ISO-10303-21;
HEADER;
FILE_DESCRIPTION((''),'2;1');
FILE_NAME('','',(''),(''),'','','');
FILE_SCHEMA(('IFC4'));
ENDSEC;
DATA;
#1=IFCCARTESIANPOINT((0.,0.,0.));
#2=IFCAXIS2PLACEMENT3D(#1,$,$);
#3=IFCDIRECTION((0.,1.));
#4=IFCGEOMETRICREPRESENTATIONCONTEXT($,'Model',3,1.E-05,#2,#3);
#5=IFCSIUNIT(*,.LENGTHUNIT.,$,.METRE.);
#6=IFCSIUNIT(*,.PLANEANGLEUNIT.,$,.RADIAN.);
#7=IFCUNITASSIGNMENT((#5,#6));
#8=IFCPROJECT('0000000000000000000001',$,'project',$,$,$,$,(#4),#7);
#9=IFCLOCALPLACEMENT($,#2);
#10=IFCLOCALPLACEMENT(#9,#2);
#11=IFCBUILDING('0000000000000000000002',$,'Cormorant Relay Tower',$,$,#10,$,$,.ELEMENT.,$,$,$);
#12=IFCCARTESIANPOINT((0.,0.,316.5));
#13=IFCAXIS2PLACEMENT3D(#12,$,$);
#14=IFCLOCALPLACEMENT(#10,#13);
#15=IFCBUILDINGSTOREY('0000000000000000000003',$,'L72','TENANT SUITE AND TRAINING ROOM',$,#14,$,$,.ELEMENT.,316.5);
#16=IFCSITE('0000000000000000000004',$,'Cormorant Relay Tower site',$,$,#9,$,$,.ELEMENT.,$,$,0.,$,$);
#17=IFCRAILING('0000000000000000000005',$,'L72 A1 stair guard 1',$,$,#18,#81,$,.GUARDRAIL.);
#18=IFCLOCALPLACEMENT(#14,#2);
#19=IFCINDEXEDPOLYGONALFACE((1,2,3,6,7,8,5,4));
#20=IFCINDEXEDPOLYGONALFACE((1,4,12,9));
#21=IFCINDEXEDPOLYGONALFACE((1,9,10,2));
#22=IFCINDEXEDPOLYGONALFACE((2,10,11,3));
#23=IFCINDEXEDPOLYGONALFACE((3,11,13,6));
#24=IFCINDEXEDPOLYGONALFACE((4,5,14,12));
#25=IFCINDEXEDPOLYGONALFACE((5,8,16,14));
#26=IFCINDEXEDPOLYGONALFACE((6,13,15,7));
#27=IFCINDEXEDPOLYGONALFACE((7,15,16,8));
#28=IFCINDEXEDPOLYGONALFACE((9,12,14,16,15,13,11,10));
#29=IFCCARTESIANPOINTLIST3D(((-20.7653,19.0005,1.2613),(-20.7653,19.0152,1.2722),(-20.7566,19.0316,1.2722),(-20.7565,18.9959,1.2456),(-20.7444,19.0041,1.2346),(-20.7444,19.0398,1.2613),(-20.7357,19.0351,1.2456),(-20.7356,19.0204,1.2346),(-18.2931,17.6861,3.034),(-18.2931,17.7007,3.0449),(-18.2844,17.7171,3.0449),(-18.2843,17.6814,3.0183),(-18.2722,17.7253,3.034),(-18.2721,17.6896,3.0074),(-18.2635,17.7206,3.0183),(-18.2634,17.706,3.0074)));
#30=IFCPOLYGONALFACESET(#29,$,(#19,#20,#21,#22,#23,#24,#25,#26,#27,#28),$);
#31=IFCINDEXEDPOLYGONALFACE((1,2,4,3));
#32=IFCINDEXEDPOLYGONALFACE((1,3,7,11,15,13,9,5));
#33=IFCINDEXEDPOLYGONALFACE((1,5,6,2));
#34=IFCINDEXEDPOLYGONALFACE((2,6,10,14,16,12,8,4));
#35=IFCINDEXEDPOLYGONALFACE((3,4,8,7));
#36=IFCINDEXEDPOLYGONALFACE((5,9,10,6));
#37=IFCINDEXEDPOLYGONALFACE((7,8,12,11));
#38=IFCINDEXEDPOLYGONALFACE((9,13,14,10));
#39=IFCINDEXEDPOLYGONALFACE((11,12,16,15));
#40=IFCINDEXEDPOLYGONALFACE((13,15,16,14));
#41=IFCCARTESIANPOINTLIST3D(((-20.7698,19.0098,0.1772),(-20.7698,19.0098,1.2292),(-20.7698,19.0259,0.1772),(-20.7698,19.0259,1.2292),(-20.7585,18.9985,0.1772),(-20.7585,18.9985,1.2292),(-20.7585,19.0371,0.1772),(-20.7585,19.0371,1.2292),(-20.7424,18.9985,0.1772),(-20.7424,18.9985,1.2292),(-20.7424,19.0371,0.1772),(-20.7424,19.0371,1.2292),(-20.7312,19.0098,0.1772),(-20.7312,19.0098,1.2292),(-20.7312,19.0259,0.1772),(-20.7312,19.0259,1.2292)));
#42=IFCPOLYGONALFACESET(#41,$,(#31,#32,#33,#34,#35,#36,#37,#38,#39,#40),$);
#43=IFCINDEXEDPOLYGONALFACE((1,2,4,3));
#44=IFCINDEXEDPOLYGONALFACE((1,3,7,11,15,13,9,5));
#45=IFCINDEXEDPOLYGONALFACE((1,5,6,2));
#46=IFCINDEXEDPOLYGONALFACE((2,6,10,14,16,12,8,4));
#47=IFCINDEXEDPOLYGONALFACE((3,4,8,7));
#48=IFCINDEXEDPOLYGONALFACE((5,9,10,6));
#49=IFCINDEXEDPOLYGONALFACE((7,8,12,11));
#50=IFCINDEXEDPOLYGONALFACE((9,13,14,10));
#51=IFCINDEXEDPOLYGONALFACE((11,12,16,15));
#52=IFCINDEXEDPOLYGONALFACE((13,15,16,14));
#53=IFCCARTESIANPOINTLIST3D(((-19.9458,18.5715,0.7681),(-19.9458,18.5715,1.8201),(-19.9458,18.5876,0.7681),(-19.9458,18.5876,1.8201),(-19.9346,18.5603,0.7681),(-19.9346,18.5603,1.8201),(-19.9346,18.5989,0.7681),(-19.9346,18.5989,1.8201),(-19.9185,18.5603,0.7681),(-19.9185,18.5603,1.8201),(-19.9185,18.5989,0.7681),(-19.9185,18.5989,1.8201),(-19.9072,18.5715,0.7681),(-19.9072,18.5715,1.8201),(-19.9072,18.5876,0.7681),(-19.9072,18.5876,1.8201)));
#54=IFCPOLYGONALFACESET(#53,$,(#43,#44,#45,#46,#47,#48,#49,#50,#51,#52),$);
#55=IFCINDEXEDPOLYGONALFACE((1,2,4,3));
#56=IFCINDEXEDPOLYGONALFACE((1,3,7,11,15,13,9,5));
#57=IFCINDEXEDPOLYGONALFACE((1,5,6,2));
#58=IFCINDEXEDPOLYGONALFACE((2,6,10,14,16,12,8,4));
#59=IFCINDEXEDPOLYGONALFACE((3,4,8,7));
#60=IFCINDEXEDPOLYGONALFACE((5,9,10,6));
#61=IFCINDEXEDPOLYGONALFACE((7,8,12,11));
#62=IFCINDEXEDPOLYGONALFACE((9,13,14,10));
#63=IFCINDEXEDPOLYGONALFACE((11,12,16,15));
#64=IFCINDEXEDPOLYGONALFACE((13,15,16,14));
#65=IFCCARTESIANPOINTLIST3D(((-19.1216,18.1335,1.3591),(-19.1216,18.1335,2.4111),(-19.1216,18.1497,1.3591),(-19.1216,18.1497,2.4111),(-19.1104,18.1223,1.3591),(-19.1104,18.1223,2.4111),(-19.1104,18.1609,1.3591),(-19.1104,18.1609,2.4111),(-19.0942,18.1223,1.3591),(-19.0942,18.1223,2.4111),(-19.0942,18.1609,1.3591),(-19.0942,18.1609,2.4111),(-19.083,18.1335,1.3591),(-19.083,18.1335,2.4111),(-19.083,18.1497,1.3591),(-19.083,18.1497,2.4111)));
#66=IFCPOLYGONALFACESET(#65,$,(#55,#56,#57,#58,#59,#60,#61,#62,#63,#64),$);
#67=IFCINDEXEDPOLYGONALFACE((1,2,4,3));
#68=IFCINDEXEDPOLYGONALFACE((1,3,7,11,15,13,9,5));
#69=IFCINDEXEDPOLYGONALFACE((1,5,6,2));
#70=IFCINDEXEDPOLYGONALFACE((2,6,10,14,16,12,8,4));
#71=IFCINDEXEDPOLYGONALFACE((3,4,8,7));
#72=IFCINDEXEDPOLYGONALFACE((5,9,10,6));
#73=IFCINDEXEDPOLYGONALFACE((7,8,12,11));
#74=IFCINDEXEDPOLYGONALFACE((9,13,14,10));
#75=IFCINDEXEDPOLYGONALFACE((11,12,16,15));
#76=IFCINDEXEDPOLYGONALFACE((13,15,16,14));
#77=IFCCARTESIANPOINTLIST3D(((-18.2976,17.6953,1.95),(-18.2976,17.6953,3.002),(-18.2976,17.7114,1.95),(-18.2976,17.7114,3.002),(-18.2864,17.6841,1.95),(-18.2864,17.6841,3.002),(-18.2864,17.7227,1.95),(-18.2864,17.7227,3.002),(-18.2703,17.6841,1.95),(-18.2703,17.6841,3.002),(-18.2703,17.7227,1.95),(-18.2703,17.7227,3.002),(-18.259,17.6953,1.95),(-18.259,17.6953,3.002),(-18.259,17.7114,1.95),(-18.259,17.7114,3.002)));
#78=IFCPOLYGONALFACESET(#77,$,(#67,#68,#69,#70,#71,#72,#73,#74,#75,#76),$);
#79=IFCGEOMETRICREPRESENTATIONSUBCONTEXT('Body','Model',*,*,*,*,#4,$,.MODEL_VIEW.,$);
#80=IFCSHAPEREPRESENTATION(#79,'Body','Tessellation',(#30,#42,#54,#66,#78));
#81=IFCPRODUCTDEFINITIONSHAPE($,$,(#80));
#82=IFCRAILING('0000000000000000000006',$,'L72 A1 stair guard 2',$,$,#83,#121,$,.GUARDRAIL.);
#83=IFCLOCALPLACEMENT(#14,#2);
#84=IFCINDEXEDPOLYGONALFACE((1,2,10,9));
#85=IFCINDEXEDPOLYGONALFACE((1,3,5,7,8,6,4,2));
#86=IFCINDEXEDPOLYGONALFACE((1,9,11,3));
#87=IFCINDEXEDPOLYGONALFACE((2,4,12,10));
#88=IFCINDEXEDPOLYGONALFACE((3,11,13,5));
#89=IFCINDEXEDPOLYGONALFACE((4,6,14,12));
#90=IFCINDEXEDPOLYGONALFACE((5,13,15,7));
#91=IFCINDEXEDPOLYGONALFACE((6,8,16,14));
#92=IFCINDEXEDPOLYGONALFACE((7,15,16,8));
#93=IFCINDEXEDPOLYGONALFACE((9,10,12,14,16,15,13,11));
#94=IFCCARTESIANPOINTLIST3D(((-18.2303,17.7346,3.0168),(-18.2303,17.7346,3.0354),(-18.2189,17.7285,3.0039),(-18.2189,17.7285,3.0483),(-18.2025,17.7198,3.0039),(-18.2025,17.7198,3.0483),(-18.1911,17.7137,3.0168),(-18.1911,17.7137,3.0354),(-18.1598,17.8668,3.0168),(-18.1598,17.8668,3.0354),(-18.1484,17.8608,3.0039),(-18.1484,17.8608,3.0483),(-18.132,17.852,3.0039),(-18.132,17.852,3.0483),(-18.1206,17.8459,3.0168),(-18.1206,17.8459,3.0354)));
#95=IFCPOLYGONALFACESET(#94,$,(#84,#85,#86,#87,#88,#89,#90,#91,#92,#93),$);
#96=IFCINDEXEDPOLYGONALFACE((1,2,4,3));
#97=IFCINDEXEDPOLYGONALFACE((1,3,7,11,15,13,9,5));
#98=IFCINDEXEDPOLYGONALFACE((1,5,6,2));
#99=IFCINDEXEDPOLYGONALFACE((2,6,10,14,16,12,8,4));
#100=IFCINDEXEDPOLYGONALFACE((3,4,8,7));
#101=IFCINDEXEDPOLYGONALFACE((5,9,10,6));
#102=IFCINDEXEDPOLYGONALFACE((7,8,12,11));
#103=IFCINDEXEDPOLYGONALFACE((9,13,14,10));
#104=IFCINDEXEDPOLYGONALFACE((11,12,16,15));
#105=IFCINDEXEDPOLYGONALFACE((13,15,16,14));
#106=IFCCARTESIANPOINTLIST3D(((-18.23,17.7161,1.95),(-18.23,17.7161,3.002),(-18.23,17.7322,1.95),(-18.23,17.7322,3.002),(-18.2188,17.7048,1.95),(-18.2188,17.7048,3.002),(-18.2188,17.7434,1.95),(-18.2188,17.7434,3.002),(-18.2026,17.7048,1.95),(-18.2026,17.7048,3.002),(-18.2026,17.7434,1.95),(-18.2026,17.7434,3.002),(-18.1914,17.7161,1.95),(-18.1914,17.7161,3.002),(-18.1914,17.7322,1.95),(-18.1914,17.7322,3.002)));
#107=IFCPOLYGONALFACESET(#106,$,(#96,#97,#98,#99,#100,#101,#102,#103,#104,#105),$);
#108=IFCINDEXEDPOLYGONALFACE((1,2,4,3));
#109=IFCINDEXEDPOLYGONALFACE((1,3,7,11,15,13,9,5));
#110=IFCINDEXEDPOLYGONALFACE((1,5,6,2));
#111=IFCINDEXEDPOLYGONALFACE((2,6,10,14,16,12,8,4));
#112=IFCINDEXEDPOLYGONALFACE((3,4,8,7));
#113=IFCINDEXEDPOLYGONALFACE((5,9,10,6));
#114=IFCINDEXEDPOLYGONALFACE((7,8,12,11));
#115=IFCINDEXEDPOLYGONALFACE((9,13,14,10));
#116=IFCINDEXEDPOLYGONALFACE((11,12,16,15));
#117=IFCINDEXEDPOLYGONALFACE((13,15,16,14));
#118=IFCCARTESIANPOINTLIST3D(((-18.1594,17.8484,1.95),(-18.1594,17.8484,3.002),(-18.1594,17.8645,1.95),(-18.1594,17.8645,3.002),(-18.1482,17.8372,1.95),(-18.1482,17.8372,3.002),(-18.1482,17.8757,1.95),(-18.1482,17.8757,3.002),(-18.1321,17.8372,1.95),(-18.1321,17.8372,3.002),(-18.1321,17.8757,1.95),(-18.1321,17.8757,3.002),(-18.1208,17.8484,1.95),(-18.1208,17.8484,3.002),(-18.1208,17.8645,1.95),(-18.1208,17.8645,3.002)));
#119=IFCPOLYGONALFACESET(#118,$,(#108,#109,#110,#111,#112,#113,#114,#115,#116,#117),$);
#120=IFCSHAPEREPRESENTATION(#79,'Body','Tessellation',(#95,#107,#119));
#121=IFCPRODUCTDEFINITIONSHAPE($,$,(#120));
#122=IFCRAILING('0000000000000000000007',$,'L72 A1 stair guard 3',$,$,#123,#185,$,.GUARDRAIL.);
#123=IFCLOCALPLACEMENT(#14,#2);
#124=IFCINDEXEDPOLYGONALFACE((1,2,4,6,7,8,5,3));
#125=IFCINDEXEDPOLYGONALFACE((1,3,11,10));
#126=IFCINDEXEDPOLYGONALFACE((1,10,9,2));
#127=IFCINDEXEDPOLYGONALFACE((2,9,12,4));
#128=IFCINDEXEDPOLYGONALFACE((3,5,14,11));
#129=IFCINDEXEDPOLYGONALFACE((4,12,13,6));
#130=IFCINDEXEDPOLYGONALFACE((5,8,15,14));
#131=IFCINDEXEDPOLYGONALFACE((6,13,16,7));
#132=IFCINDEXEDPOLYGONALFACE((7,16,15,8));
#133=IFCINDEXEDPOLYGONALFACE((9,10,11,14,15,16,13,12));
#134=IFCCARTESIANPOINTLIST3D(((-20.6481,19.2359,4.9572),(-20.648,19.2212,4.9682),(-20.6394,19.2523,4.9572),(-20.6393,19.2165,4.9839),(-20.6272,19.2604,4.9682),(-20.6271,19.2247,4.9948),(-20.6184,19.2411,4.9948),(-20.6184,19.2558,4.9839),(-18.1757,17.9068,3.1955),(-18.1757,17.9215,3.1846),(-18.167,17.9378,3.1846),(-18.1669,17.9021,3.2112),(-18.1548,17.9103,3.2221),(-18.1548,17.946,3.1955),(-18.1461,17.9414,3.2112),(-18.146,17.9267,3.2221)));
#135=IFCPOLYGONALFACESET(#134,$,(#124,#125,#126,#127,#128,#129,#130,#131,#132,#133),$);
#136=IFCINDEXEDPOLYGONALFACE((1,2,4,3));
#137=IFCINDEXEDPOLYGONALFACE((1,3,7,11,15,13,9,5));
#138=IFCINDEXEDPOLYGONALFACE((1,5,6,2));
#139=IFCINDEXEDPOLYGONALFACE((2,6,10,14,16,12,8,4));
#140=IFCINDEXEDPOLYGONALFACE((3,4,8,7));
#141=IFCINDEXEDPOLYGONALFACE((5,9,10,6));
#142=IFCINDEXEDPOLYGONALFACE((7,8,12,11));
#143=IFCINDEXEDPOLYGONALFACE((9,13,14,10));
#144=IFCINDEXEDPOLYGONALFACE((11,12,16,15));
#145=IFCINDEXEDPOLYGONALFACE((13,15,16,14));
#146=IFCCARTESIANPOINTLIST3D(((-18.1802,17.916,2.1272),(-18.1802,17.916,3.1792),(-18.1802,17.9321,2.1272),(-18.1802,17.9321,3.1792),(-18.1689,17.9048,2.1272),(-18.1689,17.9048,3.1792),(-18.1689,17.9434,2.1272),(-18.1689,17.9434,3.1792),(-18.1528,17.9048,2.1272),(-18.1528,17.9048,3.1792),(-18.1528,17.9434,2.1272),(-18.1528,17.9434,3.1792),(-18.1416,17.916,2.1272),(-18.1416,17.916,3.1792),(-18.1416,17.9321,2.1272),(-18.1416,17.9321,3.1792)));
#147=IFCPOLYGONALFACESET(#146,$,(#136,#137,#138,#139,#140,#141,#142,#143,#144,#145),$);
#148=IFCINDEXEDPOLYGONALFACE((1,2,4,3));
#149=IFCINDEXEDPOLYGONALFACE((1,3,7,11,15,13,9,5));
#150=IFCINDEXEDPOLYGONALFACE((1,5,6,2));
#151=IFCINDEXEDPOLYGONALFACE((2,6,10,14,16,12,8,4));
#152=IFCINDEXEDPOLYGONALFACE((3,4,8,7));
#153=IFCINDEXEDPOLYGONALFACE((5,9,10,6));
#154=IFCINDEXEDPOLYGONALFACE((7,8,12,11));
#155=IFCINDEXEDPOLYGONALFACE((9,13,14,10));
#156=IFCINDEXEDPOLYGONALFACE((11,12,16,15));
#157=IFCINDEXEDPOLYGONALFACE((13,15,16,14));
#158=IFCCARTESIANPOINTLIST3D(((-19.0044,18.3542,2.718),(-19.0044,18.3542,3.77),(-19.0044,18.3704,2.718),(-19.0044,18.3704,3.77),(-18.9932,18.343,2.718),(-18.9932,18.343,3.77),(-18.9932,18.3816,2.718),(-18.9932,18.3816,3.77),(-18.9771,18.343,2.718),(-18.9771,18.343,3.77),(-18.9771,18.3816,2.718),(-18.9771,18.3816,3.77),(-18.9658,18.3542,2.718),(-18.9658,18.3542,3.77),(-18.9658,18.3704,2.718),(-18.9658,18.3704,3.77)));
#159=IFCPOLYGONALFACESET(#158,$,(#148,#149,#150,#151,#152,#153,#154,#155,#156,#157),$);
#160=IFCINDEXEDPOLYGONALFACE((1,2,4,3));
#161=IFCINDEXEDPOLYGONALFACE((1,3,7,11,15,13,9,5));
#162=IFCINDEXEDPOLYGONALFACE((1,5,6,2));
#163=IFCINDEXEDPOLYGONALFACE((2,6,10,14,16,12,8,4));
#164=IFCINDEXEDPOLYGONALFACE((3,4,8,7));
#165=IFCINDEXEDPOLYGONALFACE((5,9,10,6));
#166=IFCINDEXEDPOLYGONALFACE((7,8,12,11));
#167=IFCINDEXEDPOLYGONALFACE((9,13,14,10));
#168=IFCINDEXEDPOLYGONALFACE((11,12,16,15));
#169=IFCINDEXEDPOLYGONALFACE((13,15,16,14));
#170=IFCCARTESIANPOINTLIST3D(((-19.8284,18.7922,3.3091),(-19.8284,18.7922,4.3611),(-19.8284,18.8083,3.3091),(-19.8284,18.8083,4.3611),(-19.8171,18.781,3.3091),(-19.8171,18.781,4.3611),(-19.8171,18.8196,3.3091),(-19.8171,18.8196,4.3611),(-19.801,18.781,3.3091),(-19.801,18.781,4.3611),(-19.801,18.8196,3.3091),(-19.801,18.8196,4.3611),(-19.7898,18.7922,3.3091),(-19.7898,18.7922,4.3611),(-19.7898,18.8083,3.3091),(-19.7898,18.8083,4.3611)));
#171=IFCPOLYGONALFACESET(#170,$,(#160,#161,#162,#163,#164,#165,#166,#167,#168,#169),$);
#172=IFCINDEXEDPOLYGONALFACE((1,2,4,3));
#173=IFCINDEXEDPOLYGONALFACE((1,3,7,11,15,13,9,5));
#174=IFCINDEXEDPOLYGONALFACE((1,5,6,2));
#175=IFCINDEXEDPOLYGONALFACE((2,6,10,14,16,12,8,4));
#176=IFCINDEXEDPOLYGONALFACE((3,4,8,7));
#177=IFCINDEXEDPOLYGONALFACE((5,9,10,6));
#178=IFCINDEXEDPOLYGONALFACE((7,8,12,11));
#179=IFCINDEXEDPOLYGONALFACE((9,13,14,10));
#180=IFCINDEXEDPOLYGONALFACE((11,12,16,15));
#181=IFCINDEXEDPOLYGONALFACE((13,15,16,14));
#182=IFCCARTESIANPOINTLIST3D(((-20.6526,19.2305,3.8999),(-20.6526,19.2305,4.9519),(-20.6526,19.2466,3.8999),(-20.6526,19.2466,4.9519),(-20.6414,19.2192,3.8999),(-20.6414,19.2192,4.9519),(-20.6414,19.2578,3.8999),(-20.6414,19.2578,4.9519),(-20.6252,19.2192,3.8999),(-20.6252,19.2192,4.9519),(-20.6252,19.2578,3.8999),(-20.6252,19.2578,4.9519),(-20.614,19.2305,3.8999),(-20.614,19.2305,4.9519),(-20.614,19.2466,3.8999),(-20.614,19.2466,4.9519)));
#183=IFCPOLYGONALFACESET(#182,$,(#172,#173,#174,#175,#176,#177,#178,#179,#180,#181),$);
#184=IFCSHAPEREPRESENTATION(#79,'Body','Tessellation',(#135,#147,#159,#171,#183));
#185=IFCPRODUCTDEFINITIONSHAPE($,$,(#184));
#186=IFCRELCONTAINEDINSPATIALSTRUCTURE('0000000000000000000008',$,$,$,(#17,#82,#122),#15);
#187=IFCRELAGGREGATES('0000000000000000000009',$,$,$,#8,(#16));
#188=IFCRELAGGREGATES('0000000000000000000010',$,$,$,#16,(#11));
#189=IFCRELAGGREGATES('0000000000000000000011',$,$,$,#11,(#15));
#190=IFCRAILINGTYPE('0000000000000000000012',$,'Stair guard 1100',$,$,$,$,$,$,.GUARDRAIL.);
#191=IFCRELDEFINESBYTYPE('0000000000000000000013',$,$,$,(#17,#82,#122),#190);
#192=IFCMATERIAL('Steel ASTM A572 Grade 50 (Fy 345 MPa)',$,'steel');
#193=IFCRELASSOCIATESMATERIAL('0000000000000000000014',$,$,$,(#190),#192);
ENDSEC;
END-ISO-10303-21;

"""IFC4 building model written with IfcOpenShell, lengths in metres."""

from ifc_helpers import new_model, si_unit, direction, frame, origin, place, context, subcontext, project, spatial, polyline, outline, extrude, material, type_object, element, save


model = new_model("IFC4")

# Units and contexts
model_context = context("Model", 3, precision=1e-05, world=origin(), true_north=direction((0.0, 1.0)))
body_context = subcontext(model_context, "Body", "Model", "MODEL_VIEW")
ifc_project = project(units=[si_unit("LENGTHUNIT", "METRE"), si_unit("PLANEANGLEUNIT", "RADIAN")], contexts=[model_context])

# Site, building, storey
site_placement = place(None, origin())
site = spatial("IfcSite", under=ifc_project, at=site_placement, Name="Cormorant Relay Tower site", CompositionType="ELEMENT", RefElevation=0.0)
building_placement = place(site_placement, origin())
building = spatial("IfcBuilding", under=site, at=building_placement, Name="Cormorant Relay Tower", CompositionType="ELEMENT")
storey_placement = place(building_placement, frame((0.0, 0.0, 316.5)))
storey = spatial("IfcBuildingStorey", under=building, at=storey_placement, Name="L72", Description="TENANT SUITE AND TRAINING ROOM", CompositionType="ELEMENT", Elevation=316.5)

# Railings
ifc_material_1 = material(Name="Steel ASTM A572 Grade 50 (Fy 345 MPa)", Category="steel")
railing_type_1 = type_object("IfcRailingType", Name="Stair guard 1100", PredefinedType="GUARDRAIL", material=ifc_material_1)
railing_1_placement = place(storey_placement, frame((-20.7505, 19.0178, 0.1772)))
element("IfcRailing", 1, at=railing_1_placement, inside=storey, type_object=railing_type_1, Name="L72 A1 stair guard 1", PredefinedType="GUARDRAIL", context=body_context, shape_type="SweptSolid", body=[
    extrude(outline(polyline([(0.0222, 0.0093), (0.0093, 0.0222), (-0.0093, 0.0222), (-0.0222, 0.0093), (-0.0222, -0.0093), (-0.0093, -0.0222), (0.0093, -0.0222), (0.0222, -0.0093), (0.0222, 0.0093)])), frame((0.0, 0.0, 1.0762), z_axis=(0.746001, -0.396649, 0.534931), x_axis=(0.469465, 0.882951, 0.0)), (0.0, 0.0, 1.0), 3.314),
    extrude(outline(polyline([(0.0193, 0.0081), (0.0081, 0.0193), (-0.0081, 0.0193), (-0.0193, 0.0081), (-0.0193, -0.0081), (-0.0081, -0.0193), (0.0081, -0.0193), (0.0193, -0.0081), (0.0193, 0.0081)])), origin(), (0.0, 0.0, 1.0), 1.052),
    extrude(outline(polyline([(0.0193, 0.0081), (0.0081, 0.0193), (-0.0081, 0.0193), (-0.0193, 0.0081), (-0.0193, -0.0081), (-0.0081, -0.0193), (0.0081, -0.0193), (0.0193, -0.0081), (0.0193, 0.0081)])), frame((0.824, -0.4382, 0.5908)), (0.0, 0.0, 1.0), 1.052),
    extrude(outline(polyline([(0.0193, 0.0081), (0.0081, 0.0193), (-0.0081, 0.0193), (-0.0193, 0.0081), (-0.0193, -0.0081), (-0.0081, -0.0193), (0.0081, -0.0193), (0.0193, -0.0081), (0.0193, 0.0081)])), frame((1.6482, -0.8762, 1.1819)), (0.0, 0.0, 1.0), 1.052),
    extrude(outline(polyline([(0.0193, 0.0081), (0.0081, 0.0193), (-0.0081, 0.0193), (-0.0193, 0.0081), (-0.0193, -0.0081), (-0.0081, -0.0193), (0.0081, -0.0193), (0.0193, -0.0081), (0.0193, 0.0081)])), frame((2.4722, -1.3145, 1.7727)), (0.0, 0.0, 1.0), 1.052),
])
railing_2_placement = place(storey_placement, frame((-18.2107, 17.7241, 1.95)))
element("IfcRailing", 2, at=railing_2_placement, inside=storey, type_object=railing_type_1, Name="L72 A1 stair guard 2", PredefinedType="GUARDRAIL", context=body_context, shape_type="SweptSolid", body=[
    extrude(outline(polyline([(0.0222, 0.0093), (0.0093, 0.0222), (-0.0093, 0.0222), (-0.0222, 0.0093), (-0.0222, -0.0093), (-0.0093, -0.0222), (0.0093, -0.0222), (0.0222, -0.0093), (0.0222, 0.0093)])), frame((0.0, 0.0, 1.0762), z_axis=(0.470504, 0.882398, 0.0), x_axis=(-0.882398, 0.470504, 0.0)), (0.0, 0.0, 1.0), 0.1499),
    extrude(outline(polyline([(0.0193, 0.0081), (0.0081, 0.0193), (-0.0081, 0.0193), (-0.0193, 0.0081), (-0.0193, -0.0081), (-0.0081, -0.0193), (0.0081, -0.0193), (0.0193, -0.0081), (0.0193, 0.0081)])), origin(), (0.0, 0.0, 1.0), 1.052),
    extrude(outline(polyline([(0.0193, 0.0081), (0.0081, 0.0193), (-0.0081, 0.0193), (-0.0193, 0.0081), (-0.0193, -0.0081), (-0.0081, -0.0193), (0.0081, -0.0193), (0.0193, -0.0081), (0.0193, 0.0081)])), frame((0.0706, 0.1323, 0.0)), (0.0, 0.0, 1.0), 1.052),
])
railing_3_placement = place(storey_placement, frame((-18.1609, 17.9241, 2.1272)))
element("IfcRailing", 3, at=railing_3_placement, inside=storey, type_object=railing_type_1, Name="L72 A1 stair guard 3", PredefinedType="GUARDRAIL", context=body_context, shape_type="SweptSolid", body=[
    extrude(outline(polyline([(0.0222, 0.0093), (0.0093, 0.0222), (-0.0093, 0.0222), (-0.0222, 0.0093), (-0.0222, -0.0093), (-0.0093, -0.0222), (0.0093, -0.0222), (0.0222, -0.0093), (0.0222, 0.0093)])), frame((0.0, 0.0, 1.0762), z_axis=(-0.746034, 0.396627, 0.534902), x_axis=(-0.469429, -0.88297, 0.0)), (0.0, 0.0, 1.0), 3.314),
    extrude(outline(polyline([(0.0193, 0.0081), (0.0081, 0.0193), (-0.0081, 0.0193), (-0.0193, 0.0081), (-0.0193, -0.0081), (-0.0081, -0.0193), (0.0081, -0.0193), (0.0193, -0.0081), (0.0193, 0.0081)])), origin(), (0.0, 0.0, 1.0), 1.052),
    extrude(outline(polyline([(0.0193, 0.0081), (0.0081, 0.0193), (-0.0081, 0.0193), (-0.0193, 0.0081), (-0.0193, -0.0081), (-0.0081, -0.0193), (0.0081, -0.0193), (0.0193, -0.0081), (0.0193, 0.0081)])), frame((-0.8242, 0.4382, 0.5908)), (0.0, 0.0, 1.0), 1.052),
    extrude(outline(polyline([(0.0193, 0.0081), (0.0081, 0.0193), (-0.0081, 0.0193), (-0.0193, 0.0081), (-0.0193, -0.0081), (-0.0081, -0.0193), (0.0081, -0.0193), (0.0193, -0.0081), (0.0193, 0.0081)])), frame((-1.6482, 0.8762, 1.1819)), (0.0, 0.0, 1.0), 1.052),
    extrude(outline(polyline([(0.0193, 0.0081), (0.0081, 0.0193), (-0.0081, 0.0193), (-0.0193, 0.0081), (-0.0193, -0.0081), (-0.0081, -0.0193), (0.0081, -0.0193), (0.0193, -0.0081), (0.0193, 0.0081)])), frame((-2.4724, 1.3145, 1.7727)), (0.0, 0.0, 1.0), 1.052),
])

save(model, "model.ifc")
